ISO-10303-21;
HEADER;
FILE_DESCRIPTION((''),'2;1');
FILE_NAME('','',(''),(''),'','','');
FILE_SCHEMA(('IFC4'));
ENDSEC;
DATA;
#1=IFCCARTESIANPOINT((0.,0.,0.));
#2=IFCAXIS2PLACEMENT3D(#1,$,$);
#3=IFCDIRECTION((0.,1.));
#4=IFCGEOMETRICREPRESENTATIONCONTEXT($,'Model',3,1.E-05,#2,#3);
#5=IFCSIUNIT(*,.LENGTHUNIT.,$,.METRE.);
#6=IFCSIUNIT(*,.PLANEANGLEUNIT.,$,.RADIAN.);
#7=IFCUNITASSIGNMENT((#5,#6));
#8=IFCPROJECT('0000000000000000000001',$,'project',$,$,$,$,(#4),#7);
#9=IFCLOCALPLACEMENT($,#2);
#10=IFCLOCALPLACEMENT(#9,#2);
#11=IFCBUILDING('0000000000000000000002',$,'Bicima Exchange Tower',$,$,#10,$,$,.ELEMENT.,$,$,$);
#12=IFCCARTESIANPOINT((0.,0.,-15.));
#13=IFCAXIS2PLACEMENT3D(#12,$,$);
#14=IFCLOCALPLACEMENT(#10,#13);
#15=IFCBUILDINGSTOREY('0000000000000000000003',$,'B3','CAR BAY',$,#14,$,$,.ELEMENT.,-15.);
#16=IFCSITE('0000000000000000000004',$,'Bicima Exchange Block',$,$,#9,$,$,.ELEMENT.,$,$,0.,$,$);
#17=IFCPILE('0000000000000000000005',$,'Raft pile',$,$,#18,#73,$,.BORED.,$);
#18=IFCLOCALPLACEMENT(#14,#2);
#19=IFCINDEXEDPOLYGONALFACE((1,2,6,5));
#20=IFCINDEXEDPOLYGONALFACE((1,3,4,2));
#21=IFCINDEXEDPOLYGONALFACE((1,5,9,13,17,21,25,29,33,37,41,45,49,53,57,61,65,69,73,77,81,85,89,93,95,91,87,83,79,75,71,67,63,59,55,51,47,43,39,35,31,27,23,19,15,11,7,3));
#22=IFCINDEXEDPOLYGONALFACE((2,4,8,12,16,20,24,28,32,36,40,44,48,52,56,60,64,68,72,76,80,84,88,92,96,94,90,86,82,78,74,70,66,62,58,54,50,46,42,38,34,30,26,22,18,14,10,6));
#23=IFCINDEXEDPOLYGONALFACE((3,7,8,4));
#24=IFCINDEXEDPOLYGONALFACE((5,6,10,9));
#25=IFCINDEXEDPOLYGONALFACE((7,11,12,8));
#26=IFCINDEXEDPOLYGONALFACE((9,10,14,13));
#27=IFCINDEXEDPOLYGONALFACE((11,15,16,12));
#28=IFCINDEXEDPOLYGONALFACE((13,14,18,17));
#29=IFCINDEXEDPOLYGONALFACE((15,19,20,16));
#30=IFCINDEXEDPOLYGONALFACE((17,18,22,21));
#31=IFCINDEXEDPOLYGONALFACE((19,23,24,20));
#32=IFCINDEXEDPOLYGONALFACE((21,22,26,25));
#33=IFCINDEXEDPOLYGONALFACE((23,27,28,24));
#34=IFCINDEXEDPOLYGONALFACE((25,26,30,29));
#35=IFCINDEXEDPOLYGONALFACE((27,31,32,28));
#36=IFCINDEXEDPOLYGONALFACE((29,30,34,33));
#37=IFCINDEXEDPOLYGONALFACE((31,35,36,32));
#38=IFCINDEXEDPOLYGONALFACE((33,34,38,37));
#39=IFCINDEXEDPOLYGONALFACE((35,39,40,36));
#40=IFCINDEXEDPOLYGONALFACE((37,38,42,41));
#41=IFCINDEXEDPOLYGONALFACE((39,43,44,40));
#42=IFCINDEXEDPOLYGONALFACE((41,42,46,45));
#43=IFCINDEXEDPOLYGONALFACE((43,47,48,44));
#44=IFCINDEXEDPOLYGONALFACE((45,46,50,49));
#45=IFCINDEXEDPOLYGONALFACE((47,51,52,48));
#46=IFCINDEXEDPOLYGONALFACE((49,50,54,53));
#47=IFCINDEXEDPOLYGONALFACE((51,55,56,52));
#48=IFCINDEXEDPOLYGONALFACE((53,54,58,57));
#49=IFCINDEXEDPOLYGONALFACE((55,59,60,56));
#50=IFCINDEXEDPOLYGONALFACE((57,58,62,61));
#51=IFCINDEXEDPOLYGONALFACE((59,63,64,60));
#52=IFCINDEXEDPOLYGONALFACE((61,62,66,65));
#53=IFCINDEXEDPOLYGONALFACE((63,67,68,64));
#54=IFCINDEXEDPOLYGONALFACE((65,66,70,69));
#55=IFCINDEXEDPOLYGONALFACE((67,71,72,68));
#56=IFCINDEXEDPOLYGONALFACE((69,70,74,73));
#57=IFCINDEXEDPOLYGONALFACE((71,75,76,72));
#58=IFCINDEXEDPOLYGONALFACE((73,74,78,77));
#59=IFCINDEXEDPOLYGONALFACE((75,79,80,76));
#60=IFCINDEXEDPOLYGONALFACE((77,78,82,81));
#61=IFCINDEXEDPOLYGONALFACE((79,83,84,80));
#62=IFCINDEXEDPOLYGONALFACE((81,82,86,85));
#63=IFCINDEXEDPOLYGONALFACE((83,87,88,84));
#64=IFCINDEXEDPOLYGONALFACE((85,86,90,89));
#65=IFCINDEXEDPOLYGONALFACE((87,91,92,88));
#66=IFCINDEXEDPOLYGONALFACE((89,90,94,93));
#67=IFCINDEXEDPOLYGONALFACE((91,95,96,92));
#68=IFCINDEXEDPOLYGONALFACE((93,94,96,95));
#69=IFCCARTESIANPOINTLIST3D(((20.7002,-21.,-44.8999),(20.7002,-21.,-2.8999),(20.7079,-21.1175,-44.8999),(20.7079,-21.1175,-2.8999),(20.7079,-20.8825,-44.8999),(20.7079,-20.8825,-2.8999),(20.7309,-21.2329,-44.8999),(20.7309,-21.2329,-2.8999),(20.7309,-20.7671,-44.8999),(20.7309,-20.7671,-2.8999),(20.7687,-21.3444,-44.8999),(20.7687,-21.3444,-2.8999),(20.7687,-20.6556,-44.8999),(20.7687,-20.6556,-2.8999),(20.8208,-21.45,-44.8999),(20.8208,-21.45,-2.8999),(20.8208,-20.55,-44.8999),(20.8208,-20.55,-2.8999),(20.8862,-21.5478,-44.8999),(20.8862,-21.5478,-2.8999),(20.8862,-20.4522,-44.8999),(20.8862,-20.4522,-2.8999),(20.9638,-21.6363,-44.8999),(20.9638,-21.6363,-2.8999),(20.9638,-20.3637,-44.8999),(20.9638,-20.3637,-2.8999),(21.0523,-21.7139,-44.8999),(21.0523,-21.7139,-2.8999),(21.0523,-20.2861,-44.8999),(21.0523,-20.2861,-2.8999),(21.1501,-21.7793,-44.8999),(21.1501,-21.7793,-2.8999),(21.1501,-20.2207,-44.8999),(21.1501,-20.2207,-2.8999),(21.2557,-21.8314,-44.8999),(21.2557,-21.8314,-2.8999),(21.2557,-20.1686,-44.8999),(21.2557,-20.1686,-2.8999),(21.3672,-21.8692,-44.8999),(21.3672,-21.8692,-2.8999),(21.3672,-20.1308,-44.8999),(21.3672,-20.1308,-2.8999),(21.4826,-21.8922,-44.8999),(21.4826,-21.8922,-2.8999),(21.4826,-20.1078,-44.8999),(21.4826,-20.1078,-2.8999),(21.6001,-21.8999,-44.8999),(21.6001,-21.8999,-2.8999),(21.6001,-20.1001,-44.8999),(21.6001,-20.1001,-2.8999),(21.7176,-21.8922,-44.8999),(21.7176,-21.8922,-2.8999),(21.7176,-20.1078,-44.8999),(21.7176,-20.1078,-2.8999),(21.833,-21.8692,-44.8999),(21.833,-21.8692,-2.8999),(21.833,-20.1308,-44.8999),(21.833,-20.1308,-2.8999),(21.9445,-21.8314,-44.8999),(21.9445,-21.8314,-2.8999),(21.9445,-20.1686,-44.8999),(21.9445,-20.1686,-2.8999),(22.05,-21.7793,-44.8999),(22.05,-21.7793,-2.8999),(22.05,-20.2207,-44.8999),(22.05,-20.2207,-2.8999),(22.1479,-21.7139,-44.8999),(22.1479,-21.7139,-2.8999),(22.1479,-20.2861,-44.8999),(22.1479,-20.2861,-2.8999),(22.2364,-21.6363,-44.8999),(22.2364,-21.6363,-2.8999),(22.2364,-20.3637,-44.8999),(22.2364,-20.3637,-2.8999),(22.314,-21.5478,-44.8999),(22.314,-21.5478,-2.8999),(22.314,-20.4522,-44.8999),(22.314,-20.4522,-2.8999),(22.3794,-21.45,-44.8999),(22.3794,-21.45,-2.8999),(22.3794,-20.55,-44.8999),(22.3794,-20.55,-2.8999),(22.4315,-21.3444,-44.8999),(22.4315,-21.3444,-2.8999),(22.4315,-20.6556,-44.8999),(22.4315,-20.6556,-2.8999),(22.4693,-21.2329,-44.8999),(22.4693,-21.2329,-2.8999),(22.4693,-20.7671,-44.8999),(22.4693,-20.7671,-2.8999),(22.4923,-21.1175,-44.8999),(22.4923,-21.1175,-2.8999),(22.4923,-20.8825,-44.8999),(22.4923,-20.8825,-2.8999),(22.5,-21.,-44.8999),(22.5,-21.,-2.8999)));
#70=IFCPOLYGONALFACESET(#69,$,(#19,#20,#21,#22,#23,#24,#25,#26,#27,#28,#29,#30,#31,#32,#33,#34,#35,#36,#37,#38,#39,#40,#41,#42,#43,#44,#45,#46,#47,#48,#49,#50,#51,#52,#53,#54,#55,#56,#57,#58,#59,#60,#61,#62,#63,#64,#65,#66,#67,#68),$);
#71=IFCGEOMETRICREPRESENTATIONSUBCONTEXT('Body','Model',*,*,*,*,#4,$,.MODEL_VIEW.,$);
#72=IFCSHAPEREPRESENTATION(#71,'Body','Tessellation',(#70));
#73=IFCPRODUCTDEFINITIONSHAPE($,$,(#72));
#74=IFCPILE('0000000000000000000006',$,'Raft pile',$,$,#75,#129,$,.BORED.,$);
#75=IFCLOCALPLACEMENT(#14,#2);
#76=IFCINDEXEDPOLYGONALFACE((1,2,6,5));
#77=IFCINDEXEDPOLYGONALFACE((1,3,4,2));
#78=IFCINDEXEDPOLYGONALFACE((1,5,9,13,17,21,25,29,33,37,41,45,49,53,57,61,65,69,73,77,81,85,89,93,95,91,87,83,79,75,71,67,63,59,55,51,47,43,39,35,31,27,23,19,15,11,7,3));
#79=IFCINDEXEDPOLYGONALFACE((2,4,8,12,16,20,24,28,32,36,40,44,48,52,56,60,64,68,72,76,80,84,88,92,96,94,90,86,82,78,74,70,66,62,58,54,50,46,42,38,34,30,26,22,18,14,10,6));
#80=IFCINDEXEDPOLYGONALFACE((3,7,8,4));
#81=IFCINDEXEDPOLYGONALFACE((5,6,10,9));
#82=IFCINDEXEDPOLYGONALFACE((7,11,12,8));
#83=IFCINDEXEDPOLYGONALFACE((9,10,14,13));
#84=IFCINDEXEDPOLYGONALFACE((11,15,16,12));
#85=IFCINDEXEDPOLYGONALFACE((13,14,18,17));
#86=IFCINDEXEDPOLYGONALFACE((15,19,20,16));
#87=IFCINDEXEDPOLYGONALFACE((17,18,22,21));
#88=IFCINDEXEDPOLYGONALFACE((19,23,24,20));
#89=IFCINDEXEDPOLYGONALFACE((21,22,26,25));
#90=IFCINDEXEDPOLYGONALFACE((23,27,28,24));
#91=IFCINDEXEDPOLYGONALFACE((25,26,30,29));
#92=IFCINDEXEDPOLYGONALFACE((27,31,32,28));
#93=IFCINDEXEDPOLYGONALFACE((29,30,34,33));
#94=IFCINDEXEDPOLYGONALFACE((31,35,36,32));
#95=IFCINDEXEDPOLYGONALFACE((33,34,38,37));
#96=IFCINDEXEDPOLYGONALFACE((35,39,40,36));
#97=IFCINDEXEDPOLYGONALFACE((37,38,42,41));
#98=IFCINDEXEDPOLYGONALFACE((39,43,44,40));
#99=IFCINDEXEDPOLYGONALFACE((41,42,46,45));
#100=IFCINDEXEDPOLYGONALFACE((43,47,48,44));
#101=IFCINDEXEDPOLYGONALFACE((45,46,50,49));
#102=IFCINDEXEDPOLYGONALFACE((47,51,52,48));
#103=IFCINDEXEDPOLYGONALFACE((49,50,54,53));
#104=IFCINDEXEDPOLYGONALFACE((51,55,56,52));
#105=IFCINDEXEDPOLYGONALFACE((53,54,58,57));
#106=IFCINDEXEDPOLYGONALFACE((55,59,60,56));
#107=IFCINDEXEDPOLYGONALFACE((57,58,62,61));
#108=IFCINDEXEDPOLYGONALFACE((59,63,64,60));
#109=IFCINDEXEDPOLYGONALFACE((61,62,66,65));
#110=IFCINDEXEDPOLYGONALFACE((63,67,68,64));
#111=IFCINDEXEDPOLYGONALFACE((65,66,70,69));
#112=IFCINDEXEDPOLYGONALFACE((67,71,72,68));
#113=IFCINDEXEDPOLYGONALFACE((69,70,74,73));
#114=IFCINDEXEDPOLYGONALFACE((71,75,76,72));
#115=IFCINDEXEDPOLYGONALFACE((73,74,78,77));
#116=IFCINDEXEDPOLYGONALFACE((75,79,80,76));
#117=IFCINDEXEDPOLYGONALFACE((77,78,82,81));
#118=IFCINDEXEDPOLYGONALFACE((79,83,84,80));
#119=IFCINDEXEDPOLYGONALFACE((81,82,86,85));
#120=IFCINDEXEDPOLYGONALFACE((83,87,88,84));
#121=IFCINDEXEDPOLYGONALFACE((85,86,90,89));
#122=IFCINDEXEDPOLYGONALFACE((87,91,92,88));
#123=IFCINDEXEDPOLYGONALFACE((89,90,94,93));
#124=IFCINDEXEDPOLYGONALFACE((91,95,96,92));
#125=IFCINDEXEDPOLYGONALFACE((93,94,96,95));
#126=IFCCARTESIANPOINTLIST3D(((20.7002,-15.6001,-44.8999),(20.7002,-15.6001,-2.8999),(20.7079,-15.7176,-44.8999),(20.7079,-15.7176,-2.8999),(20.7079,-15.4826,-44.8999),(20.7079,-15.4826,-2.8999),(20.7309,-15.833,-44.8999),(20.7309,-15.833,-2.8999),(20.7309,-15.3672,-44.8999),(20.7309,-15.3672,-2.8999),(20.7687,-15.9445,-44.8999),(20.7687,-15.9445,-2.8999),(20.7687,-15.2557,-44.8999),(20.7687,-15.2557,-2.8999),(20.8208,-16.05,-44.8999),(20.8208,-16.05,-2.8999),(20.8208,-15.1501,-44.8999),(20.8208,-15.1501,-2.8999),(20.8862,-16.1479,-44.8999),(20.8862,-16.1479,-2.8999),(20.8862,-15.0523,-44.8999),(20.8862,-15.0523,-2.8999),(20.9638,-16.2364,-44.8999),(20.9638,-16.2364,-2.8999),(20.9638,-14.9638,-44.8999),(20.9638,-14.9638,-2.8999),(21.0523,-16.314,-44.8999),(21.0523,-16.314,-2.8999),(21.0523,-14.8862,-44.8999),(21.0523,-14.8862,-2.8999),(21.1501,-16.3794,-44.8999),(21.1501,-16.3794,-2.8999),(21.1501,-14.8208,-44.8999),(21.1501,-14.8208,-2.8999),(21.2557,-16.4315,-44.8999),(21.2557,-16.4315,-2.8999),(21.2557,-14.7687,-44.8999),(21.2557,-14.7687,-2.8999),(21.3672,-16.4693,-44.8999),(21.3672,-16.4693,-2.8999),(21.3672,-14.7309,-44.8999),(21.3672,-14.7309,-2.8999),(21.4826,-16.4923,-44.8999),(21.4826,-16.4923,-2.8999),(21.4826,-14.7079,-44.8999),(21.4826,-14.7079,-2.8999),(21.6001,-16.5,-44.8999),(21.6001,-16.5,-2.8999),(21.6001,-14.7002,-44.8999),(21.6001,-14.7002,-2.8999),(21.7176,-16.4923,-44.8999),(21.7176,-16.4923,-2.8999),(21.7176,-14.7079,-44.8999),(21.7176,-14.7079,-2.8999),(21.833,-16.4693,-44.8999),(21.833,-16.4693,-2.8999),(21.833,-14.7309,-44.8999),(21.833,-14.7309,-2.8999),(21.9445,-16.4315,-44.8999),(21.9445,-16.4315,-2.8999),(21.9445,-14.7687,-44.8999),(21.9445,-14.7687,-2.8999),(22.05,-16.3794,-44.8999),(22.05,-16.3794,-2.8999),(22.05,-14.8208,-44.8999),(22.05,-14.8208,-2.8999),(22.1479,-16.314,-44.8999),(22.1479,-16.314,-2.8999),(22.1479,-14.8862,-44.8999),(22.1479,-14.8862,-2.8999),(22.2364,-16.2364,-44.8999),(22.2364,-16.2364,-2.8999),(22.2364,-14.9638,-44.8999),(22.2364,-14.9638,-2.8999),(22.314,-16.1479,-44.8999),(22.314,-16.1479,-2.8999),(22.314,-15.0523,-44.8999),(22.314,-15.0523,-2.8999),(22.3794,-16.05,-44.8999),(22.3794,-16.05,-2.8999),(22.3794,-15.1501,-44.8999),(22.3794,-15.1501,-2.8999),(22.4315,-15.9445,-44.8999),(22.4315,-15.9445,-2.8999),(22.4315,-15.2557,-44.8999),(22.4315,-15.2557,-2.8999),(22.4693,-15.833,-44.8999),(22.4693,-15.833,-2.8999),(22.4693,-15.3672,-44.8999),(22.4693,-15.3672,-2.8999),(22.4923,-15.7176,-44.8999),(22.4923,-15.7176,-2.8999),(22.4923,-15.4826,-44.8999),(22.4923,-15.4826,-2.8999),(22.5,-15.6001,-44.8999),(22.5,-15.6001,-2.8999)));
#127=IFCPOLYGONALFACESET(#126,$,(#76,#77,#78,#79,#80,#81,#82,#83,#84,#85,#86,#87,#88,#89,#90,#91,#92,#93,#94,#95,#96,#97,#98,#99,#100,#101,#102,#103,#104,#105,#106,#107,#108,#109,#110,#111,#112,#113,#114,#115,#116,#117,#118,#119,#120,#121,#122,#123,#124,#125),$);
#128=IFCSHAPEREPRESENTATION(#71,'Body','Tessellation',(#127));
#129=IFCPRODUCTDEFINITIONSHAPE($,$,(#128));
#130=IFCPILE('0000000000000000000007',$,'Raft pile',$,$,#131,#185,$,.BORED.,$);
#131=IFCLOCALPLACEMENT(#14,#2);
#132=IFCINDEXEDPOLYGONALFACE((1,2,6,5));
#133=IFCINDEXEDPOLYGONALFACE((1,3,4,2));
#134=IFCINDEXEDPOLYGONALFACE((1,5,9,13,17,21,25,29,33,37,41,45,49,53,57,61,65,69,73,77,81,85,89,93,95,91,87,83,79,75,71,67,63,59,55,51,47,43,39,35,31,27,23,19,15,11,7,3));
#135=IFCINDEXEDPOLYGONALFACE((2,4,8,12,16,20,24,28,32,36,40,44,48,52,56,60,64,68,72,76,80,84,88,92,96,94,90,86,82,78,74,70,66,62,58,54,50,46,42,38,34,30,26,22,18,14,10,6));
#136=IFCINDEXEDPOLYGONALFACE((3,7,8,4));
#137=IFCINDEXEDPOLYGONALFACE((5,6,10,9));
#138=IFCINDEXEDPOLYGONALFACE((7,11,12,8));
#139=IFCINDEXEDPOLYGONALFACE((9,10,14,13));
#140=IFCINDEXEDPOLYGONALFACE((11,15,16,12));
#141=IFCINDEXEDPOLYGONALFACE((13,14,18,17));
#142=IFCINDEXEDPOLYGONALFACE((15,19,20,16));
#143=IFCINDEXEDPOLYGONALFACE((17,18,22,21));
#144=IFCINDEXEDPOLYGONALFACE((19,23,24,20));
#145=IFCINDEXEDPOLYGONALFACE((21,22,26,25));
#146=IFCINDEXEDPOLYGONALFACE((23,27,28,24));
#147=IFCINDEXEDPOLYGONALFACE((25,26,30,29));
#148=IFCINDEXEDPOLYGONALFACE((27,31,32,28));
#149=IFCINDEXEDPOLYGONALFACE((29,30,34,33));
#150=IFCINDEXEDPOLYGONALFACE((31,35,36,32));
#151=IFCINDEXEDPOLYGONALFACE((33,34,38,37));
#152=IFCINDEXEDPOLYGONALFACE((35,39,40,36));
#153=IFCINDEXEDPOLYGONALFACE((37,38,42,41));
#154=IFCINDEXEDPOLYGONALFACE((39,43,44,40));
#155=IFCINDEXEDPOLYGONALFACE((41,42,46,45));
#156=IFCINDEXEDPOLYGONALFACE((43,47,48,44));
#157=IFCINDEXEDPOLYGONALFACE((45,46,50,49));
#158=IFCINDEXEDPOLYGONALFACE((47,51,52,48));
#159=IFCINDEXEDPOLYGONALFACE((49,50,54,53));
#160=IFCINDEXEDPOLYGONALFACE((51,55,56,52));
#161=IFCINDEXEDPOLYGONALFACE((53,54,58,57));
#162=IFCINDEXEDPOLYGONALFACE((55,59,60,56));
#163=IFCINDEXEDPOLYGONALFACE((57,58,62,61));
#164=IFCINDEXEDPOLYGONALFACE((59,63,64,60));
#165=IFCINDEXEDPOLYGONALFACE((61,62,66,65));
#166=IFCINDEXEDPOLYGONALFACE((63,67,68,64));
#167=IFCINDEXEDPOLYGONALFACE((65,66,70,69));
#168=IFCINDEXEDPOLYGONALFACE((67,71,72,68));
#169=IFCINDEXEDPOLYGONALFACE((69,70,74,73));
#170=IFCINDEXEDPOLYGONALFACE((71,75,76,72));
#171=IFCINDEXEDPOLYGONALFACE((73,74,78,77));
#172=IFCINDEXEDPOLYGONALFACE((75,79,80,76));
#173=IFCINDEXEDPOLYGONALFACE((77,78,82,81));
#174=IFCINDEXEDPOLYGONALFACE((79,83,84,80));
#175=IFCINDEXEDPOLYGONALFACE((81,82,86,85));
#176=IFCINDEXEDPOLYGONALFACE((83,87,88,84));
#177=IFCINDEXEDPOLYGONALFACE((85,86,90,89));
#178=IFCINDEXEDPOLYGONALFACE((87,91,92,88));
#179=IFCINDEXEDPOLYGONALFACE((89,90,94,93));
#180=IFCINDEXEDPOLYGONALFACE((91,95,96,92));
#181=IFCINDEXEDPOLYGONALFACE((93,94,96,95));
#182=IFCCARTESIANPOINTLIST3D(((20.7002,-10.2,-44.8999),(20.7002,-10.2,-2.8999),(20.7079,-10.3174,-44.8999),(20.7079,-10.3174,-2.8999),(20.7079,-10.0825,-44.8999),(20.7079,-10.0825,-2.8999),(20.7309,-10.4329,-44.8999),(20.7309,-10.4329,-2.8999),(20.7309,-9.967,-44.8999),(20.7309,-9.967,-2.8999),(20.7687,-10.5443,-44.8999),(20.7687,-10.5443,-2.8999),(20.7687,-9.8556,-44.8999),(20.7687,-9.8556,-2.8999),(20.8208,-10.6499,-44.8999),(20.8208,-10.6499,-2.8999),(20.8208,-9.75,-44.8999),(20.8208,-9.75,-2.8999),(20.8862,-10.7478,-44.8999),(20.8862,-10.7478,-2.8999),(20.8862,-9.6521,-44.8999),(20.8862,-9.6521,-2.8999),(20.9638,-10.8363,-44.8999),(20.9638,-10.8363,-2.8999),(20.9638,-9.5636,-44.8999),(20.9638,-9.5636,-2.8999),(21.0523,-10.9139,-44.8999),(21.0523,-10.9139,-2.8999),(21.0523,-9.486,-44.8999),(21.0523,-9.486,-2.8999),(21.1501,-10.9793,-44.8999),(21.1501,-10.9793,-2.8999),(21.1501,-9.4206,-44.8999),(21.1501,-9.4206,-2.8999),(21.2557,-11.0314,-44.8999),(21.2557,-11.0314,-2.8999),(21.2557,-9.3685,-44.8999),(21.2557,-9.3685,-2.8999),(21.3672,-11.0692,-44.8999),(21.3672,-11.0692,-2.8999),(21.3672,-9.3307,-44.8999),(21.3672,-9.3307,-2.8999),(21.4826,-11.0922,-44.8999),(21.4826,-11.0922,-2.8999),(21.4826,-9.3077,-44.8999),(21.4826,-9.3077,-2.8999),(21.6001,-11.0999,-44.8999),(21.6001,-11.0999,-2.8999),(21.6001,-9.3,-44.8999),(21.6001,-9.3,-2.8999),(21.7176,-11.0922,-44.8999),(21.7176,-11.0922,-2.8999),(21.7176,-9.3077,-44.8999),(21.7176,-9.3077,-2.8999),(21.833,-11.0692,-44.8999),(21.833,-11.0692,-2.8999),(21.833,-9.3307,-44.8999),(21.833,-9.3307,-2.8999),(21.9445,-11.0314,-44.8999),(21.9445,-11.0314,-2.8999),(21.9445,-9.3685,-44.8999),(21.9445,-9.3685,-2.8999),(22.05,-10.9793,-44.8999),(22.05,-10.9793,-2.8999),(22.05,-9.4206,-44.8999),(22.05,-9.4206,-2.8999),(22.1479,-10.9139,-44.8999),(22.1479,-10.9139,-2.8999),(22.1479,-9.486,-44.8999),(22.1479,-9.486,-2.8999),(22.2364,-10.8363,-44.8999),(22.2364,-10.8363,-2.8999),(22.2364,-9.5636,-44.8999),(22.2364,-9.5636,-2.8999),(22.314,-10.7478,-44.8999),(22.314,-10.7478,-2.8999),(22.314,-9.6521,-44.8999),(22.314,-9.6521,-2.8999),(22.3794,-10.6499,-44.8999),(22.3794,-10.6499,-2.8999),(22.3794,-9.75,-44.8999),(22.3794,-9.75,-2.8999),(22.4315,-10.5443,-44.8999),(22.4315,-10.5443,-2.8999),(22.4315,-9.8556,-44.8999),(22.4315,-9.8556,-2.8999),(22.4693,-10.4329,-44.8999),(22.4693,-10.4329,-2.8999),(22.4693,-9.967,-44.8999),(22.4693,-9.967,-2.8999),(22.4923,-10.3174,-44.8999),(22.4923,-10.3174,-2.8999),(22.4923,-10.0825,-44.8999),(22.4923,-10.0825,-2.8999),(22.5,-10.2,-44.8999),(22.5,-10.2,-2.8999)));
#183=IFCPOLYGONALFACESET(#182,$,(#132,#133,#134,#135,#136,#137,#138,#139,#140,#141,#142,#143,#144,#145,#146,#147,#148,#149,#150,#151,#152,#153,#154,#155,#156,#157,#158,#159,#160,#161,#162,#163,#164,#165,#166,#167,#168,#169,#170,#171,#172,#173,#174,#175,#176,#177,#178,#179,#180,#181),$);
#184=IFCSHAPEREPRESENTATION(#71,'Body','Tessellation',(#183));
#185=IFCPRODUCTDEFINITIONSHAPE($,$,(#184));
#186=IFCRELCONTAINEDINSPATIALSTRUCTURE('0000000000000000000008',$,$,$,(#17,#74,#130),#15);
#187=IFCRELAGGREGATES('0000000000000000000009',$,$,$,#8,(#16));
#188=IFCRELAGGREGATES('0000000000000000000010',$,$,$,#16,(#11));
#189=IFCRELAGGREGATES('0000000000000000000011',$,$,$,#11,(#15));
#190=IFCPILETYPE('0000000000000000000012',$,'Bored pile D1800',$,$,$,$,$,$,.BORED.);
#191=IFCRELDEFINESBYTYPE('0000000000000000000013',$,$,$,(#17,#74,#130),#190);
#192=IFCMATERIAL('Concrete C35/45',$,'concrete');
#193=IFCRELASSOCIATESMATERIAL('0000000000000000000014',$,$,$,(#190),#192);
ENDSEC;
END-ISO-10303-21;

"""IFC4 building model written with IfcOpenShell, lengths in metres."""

from ifc_helpers import new_model, si_unit, direction, frame, origin, origin_2d, place, context, subcontext, project, spatial, circle, extrude, material, material_profile, profile_set, type_object, element, save


model = new_model("IFC4")

# Units and contexts
model_context = context("Model", 3, precision=1e-05, world=origin(), true_north=direction((0.0, 1.0)))
body_context = subcontext(model_context, "Body", "Model", "MODEL_VIEW")
ifc_project = project(units=[si_unit("LENGTHUNIT", "METRE"), si_unit("PLANEANGLEUNIT", "RADIAN")], contexts=[model_context])

# Site, building, storey
site_placement = place(None, origin())
site = spatial("IfcSite", under=ifc_project, at=site_placement, Name="Bicima Exchange Block", CompositionType="ELEMENT", RefElevation=0.0)
building_placement = place(site_placement, origin())
building = spatial("IfcBuilding", under=site, at=building_placement, Name="Bicima Exchange Tower", CompositionType="ELEMENT")
storey_placement = place(building_placement, frame((0.0, 0.0, -15.0)))
storey = spatial("IfcBuildingStorey", under=building, at=storey_placement, Name="B3", Description="CAR BAY", CompositionType="ELEMENT", Elevation=-15.0)

# Piles
ifc_material_1 = material(Name="Concrete C35/45", Category="concrete")
ifc_material_profile_1 = material_profile(ifc_material_1, circle(Radius=0.8999, at=origin_2d()))
ifc_profile_set_1 = profile_set([ifc_material_profile_1], Name="Concrete C35/45")
pile_type = type_object("IfcPileType", Name="Bored pile D1800", PredefinedType="BORED", material=ifc_profile_set_1)
for number, where, z_axis, x_axis, name in (
    (1, (21.6001, -21.0, -2.8999), (0.0, 0.0, -1.0), (1.0, 0.0, 0.0), "Raft pile"),
    (2, (21.6001, -15.6001, -2.8999), (0.0, 0.0, -1.0), (1.0, 0.0, 0.0), "Raft pile"),
    (3, (21.6001, -10.2, -2.8999), (0.0, 0.0, -1.0), (1.0, 0.0, 0.0), "Raft pile"),
):
    element("IfcPile", number, at=place(storey_placement, frame(where, z_axis=z_axis, x_axis=x_axis)), inside=storey, type_object=pile_type, Name=name, PredefinedType="BORED", context=body_context, shape_type="SweptSolid", body=[
        extrude(circle(Radius=0.8999, at=origin_2d()), origin(), (0.0, 0.0, 1.0), 42.0),
    ])

save(model, "model.ifc")
